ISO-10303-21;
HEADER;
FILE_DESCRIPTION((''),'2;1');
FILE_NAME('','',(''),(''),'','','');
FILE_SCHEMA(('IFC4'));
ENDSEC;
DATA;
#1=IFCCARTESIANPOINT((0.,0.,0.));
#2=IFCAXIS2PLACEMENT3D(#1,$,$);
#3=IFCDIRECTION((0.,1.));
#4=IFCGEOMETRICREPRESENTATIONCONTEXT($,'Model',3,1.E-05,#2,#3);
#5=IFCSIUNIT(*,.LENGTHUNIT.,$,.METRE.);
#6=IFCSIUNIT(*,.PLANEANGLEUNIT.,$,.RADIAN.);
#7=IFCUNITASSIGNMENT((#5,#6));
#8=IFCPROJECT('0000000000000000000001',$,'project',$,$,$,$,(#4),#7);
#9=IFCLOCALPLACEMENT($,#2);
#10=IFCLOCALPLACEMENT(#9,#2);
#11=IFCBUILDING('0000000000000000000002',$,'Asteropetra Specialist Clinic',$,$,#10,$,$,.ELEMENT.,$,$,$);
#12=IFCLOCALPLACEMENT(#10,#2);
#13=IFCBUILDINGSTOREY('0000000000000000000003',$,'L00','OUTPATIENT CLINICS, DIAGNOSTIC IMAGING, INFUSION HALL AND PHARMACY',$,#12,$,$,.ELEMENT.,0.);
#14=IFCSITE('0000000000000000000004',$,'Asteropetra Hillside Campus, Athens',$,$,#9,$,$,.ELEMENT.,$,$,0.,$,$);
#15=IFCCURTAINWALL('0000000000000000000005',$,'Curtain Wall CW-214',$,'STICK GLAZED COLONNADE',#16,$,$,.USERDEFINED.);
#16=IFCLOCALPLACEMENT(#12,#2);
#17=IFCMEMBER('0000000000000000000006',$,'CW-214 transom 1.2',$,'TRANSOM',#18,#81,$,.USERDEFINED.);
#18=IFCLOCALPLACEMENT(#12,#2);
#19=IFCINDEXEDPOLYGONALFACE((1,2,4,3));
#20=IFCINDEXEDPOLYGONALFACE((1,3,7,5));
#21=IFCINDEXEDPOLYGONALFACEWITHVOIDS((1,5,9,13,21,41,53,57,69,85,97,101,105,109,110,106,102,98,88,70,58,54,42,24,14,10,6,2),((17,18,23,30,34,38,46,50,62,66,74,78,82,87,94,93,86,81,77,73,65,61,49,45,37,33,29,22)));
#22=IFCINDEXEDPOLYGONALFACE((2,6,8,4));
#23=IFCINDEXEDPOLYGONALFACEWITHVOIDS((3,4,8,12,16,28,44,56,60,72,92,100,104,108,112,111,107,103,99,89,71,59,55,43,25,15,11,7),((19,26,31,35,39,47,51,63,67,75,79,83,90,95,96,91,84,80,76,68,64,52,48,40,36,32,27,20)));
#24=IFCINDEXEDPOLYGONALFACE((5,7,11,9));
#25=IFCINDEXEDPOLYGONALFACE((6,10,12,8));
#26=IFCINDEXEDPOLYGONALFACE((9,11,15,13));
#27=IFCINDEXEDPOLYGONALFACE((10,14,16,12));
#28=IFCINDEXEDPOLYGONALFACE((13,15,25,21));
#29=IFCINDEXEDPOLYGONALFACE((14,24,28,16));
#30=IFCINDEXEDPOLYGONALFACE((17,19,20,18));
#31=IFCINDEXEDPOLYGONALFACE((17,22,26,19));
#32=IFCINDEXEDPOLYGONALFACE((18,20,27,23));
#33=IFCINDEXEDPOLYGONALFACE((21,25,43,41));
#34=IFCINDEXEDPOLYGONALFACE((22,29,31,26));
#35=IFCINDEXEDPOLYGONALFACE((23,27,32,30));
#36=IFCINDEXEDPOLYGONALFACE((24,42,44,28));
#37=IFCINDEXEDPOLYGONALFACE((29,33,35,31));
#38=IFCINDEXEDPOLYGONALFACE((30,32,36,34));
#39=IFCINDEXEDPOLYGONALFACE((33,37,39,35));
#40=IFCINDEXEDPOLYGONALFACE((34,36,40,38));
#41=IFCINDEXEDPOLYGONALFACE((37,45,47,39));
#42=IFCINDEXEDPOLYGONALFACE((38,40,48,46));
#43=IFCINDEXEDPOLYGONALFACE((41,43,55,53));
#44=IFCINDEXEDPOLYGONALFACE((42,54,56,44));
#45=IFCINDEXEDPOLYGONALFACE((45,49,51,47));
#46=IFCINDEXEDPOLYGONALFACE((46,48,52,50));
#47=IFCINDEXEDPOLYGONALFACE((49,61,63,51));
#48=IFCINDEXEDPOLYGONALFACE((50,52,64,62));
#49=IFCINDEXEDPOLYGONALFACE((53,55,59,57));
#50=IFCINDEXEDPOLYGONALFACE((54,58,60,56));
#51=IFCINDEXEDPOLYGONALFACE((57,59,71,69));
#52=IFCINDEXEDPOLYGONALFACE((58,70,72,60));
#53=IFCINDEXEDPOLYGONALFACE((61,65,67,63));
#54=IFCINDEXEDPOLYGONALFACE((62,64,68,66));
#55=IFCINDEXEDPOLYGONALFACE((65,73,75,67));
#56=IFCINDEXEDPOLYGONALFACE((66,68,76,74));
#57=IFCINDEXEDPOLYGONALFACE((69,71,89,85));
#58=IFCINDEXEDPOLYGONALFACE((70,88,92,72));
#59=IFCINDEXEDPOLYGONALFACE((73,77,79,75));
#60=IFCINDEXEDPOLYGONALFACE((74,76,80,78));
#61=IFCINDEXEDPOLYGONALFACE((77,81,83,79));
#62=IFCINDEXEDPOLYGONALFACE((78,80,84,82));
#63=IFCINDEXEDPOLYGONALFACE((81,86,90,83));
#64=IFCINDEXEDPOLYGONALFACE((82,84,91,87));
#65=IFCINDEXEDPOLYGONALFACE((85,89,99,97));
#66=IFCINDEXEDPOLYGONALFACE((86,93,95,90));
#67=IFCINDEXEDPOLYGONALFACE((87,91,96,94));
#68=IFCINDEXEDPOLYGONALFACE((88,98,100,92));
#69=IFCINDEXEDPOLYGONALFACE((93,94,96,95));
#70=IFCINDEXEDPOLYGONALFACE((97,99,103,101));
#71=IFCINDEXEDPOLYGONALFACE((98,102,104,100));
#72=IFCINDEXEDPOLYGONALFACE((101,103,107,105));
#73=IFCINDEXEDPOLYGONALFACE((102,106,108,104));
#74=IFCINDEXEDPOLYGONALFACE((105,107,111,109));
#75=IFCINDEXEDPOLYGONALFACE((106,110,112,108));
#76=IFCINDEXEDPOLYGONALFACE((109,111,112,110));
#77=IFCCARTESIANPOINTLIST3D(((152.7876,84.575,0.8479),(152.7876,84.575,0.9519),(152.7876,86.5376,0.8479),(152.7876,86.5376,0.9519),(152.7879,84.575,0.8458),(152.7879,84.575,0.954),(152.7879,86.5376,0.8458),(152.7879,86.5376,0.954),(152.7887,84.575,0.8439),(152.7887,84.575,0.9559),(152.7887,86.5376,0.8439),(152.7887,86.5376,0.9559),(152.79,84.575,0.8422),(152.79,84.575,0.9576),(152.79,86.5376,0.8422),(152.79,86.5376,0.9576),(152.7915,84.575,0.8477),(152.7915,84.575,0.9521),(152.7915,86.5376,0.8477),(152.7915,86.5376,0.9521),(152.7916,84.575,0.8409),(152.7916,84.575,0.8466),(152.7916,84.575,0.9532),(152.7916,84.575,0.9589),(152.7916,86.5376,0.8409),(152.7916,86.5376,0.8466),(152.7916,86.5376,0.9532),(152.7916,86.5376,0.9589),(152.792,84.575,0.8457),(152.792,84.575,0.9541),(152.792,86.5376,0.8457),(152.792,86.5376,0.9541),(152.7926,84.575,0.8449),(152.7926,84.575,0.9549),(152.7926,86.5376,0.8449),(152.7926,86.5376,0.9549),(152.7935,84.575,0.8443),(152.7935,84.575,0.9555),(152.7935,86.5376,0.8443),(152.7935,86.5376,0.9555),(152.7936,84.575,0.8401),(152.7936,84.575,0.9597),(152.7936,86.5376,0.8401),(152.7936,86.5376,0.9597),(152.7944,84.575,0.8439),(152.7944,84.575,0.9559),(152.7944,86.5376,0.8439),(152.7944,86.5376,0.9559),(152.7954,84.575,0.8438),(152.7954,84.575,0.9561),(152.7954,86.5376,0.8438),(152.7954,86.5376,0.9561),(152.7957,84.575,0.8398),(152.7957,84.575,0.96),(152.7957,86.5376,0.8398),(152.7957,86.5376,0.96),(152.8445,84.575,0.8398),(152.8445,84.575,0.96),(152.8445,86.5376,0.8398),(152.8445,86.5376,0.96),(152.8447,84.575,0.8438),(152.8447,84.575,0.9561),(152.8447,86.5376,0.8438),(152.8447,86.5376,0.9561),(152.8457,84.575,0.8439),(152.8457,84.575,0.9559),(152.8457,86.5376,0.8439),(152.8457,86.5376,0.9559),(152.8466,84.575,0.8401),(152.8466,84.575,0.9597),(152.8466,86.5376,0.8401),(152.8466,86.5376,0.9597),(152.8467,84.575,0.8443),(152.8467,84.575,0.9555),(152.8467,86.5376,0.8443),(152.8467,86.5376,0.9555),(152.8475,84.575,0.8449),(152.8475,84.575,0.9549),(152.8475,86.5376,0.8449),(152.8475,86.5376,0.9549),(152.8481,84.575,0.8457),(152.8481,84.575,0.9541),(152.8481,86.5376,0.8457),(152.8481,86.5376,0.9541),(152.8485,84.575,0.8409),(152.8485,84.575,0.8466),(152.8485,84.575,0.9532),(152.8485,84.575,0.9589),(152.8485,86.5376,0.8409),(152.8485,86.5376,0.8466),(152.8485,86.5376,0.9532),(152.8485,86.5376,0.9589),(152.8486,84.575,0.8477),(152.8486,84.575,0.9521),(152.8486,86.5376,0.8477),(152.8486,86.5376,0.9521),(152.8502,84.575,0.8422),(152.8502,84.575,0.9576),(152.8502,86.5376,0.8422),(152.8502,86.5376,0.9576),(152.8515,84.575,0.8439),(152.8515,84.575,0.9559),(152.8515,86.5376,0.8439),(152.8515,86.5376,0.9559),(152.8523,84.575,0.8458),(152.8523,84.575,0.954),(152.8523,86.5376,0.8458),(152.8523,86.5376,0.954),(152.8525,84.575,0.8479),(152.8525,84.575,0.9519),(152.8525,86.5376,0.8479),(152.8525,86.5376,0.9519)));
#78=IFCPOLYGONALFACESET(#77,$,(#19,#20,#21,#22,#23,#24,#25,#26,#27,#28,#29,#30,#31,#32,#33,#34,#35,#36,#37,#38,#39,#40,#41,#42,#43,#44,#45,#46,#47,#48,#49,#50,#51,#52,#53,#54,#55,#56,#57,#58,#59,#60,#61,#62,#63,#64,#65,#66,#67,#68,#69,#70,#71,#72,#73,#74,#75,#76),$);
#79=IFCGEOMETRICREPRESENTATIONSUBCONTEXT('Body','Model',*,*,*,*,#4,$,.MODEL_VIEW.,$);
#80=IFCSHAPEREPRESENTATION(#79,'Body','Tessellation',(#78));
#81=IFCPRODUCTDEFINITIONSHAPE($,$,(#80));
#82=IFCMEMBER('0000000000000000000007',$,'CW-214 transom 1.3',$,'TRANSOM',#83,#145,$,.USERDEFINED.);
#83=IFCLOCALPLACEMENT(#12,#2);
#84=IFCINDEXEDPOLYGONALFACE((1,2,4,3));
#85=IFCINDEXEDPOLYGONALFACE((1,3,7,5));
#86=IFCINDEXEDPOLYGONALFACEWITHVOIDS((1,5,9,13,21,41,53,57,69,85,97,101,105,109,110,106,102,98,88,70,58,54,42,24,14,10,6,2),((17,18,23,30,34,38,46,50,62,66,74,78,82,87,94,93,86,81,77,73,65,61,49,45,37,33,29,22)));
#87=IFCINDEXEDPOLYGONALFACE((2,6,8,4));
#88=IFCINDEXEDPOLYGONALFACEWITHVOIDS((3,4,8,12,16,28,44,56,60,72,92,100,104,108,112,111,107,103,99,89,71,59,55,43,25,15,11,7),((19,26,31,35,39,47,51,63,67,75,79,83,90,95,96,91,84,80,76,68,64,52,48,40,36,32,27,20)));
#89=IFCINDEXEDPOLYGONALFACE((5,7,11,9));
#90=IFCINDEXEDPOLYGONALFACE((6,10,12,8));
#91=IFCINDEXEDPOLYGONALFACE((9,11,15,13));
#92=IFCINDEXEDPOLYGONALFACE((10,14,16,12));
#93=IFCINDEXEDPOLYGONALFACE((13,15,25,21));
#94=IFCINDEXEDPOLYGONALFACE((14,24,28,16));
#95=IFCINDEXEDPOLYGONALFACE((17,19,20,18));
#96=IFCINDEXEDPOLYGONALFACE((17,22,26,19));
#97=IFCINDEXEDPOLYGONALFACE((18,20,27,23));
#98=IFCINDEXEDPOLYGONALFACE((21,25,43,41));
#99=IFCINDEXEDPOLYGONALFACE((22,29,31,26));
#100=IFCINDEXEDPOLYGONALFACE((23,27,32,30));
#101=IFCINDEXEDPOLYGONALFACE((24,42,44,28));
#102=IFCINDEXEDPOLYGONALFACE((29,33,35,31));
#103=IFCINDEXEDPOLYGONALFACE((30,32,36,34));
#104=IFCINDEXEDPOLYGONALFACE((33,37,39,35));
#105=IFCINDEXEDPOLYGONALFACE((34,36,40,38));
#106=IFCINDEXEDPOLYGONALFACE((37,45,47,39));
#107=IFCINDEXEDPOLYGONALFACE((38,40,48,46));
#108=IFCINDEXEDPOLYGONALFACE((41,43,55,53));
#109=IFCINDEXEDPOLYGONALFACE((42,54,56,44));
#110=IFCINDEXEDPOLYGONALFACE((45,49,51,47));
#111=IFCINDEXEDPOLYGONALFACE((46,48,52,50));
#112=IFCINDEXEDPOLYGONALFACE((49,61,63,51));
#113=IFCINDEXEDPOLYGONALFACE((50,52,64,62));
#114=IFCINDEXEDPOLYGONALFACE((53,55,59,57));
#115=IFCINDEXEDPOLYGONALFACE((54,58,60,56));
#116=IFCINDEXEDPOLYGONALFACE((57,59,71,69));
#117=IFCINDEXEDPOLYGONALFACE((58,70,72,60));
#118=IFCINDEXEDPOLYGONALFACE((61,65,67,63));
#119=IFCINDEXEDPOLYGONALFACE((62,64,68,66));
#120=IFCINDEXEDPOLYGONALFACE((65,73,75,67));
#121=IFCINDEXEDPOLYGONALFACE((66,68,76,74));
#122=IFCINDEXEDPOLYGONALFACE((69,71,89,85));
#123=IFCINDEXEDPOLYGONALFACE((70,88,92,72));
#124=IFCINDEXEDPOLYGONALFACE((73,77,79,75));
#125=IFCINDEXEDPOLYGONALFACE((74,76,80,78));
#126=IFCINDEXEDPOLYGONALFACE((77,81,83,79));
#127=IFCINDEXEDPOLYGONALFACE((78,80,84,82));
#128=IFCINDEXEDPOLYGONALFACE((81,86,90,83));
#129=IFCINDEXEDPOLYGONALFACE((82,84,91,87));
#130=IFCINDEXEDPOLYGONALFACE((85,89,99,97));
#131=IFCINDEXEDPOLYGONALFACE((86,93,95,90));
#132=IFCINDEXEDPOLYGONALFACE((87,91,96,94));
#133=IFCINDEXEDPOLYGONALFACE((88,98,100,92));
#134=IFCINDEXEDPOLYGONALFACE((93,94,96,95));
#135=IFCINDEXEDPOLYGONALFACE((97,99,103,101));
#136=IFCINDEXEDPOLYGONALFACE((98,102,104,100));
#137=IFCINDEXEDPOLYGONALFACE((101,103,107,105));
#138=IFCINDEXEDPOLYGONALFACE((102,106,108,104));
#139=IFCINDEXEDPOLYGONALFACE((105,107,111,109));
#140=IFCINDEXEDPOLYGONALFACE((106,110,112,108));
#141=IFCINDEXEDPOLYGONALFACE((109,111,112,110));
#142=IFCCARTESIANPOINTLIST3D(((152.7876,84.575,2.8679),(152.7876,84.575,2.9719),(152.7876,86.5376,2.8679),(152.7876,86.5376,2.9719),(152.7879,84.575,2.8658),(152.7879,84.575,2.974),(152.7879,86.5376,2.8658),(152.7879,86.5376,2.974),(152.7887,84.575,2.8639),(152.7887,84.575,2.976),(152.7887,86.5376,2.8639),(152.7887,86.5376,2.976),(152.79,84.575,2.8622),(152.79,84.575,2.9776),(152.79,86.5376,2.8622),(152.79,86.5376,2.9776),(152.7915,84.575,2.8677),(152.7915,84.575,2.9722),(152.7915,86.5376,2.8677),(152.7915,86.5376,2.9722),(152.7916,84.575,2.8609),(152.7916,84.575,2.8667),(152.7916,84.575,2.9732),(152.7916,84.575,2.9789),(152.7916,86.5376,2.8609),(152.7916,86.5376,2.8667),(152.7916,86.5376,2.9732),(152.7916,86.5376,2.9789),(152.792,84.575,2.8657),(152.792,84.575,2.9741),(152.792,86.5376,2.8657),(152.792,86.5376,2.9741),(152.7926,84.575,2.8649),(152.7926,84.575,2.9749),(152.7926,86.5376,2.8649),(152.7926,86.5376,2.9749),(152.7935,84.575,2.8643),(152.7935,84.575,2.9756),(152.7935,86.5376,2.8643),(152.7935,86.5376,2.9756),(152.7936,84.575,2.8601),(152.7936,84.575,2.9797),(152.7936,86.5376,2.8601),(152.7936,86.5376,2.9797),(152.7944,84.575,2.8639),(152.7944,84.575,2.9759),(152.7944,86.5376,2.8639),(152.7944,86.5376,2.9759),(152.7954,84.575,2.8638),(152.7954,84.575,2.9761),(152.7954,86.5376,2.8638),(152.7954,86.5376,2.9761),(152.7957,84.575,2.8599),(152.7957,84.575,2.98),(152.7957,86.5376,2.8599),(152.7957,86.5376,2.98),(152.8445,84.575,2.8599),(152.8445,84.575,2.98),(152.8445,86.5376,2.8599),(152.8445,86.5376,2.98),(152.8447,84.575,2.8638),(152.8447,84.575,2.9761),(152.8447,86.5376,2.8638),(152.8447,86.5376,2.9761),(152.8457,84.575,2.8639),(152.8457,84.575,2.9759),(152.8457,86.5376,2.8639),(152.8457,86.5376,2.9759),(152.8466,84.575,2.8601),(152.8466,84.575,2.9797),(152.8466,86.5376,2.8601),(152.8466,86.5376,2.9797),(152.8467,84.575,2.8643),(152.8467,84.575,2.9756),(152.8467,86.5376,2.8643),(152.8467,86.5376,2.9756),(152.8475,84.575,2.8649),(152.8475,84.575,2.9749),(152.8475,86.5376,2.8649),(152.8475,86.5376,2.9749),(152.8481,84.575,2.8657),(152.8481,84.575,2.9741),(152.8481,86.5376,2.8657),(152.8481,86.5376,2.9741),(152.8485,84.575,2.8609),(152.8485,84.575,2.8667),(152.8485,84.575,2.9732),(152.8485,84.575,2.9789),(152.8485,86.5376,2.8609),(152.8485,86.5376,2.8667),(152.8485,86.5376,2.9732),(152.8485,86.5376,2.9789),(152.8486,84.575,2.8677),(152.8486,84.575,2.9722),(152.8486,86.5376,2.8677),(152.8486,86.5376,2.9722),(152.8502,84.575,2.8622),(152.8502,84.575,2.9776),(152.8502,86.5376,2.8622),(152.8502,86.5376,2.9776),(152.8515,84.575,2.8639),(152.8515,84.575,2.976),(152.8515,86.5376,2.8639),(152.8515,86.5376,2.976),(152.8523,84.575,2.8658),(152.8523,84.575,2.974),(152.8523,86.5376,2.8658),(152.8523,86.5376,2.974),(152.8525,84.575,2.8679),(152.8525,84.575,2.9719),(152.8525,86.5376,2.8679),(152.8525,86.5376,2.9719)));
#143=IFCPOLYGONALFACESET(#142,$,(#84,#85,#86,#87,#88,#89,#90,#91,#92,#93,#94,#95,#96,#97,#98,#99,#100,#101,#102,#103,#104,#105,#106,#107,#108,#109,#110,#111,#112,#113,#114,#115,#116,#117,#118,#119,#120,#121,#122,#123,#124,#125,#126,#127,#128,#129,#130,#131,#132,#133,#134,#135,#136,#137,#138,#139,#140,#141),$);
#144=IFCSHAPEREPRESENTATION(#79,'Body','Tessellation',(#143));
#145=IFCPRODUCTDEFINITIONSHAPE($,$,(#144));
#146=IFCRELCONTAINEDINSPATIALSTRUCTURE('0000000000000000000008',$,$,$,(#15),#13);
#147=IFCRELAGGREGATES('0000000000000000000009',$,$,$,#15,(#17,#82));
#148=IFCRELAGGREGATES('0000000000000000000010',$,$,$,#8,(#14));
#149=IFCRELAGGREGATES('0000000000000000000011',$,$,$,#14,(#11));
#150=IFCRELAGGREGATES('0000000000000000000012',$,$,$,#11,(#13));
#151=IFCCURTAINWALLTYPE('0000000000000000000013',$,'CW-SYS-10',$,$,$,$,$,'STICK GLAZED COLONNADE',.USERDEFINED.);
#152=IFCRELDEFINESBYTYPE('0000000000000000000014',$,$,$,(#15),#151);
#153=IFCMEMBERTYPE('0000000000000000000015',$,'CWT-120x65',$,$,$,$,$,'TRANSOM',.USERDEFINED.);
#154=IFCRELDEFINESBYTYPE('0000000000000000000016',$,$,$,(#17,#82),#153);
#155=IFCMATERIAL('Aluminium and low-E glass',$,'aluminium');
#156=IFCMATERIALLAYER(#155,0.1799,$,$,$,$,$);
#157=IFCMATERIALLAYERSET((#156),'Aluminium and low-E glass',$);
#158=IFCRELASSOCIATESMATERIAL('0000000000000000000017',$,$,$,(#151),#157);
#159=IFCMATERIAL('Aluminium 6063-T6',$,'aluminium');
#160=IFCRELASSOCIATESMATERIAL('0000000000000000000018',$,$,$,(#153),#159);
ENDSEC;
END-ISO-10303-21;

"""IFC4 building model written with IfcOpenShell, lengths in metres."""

from ifc_helpers import new_model, si_unit, direction, frame, origin, origin_2d, place, context, subcontext, project, spatial, hollow_rectangle, extrude, material, layer, layer_set, material_profile, profile_set, type_object, element, aggregate, save


model = new_model("IFC4")

# Units and contexts
model_context = context("Model", 3, precision=1e-05, world=origin(), true_north=direction((0.0, 1.0)))
body_context = subcontext(model_context, "Body", "Model", "MODEL_VIEW")
ifc_project = project(units=[si_unit("LENGTHUNIT", "METRE"), si_unit("PLANEANGLEUNIT", "RADIAN")], contexts=[model_context])

# Site, building, storey
site_placement = place(None, origin())
site = spatial("IfcSite", under=ifc_project, at=site_placement, Name="Asteropetra Hillside Campus, Athens", CompositionType="ELEMENT", RefElevation=0.0)
building_placement = place(site_placement, origin())
building = spatial("IfcBuilding", under=site, at=building_placement, Name="Asteropetra Specialist Clinic", CompositionType="ELEMENT")
storey_placement = place(building_placement, origin())
storey = spatial("IfcBuildingStorey", under=building, at=storey_placement, Name="L00", Description="OUTPATIENT CLINICS, DIAGNOSTIC IMAGING, INFUSION HALL AND PHARMACY", CompositionType="ELEMENT", Elevation=0.0)

# Curtain wall, members
ifc_material_1 = material(Name="Aluminium and low-E glass", Category="aluminium")
ifc_layer_1 = layer(ifc_material_1, 0.1799)
ifc_layer_set_1 = layer_set([ifc_layer_1], Name="Aluminium and low-E glass")
curtain_wall_type = type_object("IfcCurtainWallType", Name="CW-SYS-10", ElementType="STICK GLAZED COLONNADE", PredefinedType="USERDEFINED", material=ifc_layer_set_1)
curtain_wall_placement = place(storey_placement, origin())
curtain_wall = element("IfcCurtainWall", 1, at=curtain_wall_placement, inside=storey, type_object=curtain_wall_type, Name="Curtain Wall CW-214", ObjectType="STICK GLAZED COLONNADE", PredefinedType="USERDEFINED")
ifc_material_2 = material(Name="Aluminium 6063-T6", Category="aluminium")
ifc_material_profile_1 = material_profile(ifc_material_2, hollow_rectangle(XDim=0.0649, YDim=0.1201, WallThickness=0.0039, InnerFilletRadius=0.0039, OuterFilletRadius=0.0081, at=origin_2d()), Name="TRN 120x65x4.0")
ifc_profile_set_1 = profile_set([ifc_material_profile_1], Name="Aluminium 6063-T6")
member_type_1 = type_object("IfcMemberType", Name="CWT-120x65", ElementType="TRANSOM", PredefinedType="USERDEFINED", material=ifc_profile_set_1)
member_1_placement = place(storey_placement, frame((152.8201, 84.575, 0.8999), z_axis=(0.0, 1.0, 0.0), x_axis=(-1.0, 0.0, 0.0)))
member_1 = element("IfcMember", 2, at=member_1_placement, type_object=member_type_1, Name="CW-214 transom 1.2", ObjectType="TRANSOM", PredefinedType="USERDEFINED", context=body_context, shape_type="SweptSolid", body=[
    extrude(hollow_rectangle(XDim=0.0649, YDim=0.1201, WallThickness=0.0039, InnerFilletRadius=0.0039, OuterFilletRadius=0.0081, at=origin_2d()), origin(), (0.0, 0.0, 1.0), 1.9626),
])
member_2_placement = place(storey_placement, frame((152.8201, 84.575, 2.9199), z_axis=(0.0, 1.0, 0.0), x_axis=(-1.0, 0.0, 0.0)))
member_2 = element("IfcMember", 3, at=member_2_placement, type_object=member_type_1, Name="CW-214 transom 1.3", ObjectType="TRANSOM", PredefinedType="USERDEFINED", context=body_context, shape_type="SweptSolid", body=[
    extrude(hollow_rectangle(XDim=0.0649, YDim=0.1201, WallThickness=0.0039, InnerFilletRadius=0.0039, OuterFilletRadius=0.0081, at=origin_2d()), origin(), (0.0, 0.0, 1.0), 1.9626),
])
aggregate(curtain_wall, [member_1, member_2])

save(model, "model.ifc")
